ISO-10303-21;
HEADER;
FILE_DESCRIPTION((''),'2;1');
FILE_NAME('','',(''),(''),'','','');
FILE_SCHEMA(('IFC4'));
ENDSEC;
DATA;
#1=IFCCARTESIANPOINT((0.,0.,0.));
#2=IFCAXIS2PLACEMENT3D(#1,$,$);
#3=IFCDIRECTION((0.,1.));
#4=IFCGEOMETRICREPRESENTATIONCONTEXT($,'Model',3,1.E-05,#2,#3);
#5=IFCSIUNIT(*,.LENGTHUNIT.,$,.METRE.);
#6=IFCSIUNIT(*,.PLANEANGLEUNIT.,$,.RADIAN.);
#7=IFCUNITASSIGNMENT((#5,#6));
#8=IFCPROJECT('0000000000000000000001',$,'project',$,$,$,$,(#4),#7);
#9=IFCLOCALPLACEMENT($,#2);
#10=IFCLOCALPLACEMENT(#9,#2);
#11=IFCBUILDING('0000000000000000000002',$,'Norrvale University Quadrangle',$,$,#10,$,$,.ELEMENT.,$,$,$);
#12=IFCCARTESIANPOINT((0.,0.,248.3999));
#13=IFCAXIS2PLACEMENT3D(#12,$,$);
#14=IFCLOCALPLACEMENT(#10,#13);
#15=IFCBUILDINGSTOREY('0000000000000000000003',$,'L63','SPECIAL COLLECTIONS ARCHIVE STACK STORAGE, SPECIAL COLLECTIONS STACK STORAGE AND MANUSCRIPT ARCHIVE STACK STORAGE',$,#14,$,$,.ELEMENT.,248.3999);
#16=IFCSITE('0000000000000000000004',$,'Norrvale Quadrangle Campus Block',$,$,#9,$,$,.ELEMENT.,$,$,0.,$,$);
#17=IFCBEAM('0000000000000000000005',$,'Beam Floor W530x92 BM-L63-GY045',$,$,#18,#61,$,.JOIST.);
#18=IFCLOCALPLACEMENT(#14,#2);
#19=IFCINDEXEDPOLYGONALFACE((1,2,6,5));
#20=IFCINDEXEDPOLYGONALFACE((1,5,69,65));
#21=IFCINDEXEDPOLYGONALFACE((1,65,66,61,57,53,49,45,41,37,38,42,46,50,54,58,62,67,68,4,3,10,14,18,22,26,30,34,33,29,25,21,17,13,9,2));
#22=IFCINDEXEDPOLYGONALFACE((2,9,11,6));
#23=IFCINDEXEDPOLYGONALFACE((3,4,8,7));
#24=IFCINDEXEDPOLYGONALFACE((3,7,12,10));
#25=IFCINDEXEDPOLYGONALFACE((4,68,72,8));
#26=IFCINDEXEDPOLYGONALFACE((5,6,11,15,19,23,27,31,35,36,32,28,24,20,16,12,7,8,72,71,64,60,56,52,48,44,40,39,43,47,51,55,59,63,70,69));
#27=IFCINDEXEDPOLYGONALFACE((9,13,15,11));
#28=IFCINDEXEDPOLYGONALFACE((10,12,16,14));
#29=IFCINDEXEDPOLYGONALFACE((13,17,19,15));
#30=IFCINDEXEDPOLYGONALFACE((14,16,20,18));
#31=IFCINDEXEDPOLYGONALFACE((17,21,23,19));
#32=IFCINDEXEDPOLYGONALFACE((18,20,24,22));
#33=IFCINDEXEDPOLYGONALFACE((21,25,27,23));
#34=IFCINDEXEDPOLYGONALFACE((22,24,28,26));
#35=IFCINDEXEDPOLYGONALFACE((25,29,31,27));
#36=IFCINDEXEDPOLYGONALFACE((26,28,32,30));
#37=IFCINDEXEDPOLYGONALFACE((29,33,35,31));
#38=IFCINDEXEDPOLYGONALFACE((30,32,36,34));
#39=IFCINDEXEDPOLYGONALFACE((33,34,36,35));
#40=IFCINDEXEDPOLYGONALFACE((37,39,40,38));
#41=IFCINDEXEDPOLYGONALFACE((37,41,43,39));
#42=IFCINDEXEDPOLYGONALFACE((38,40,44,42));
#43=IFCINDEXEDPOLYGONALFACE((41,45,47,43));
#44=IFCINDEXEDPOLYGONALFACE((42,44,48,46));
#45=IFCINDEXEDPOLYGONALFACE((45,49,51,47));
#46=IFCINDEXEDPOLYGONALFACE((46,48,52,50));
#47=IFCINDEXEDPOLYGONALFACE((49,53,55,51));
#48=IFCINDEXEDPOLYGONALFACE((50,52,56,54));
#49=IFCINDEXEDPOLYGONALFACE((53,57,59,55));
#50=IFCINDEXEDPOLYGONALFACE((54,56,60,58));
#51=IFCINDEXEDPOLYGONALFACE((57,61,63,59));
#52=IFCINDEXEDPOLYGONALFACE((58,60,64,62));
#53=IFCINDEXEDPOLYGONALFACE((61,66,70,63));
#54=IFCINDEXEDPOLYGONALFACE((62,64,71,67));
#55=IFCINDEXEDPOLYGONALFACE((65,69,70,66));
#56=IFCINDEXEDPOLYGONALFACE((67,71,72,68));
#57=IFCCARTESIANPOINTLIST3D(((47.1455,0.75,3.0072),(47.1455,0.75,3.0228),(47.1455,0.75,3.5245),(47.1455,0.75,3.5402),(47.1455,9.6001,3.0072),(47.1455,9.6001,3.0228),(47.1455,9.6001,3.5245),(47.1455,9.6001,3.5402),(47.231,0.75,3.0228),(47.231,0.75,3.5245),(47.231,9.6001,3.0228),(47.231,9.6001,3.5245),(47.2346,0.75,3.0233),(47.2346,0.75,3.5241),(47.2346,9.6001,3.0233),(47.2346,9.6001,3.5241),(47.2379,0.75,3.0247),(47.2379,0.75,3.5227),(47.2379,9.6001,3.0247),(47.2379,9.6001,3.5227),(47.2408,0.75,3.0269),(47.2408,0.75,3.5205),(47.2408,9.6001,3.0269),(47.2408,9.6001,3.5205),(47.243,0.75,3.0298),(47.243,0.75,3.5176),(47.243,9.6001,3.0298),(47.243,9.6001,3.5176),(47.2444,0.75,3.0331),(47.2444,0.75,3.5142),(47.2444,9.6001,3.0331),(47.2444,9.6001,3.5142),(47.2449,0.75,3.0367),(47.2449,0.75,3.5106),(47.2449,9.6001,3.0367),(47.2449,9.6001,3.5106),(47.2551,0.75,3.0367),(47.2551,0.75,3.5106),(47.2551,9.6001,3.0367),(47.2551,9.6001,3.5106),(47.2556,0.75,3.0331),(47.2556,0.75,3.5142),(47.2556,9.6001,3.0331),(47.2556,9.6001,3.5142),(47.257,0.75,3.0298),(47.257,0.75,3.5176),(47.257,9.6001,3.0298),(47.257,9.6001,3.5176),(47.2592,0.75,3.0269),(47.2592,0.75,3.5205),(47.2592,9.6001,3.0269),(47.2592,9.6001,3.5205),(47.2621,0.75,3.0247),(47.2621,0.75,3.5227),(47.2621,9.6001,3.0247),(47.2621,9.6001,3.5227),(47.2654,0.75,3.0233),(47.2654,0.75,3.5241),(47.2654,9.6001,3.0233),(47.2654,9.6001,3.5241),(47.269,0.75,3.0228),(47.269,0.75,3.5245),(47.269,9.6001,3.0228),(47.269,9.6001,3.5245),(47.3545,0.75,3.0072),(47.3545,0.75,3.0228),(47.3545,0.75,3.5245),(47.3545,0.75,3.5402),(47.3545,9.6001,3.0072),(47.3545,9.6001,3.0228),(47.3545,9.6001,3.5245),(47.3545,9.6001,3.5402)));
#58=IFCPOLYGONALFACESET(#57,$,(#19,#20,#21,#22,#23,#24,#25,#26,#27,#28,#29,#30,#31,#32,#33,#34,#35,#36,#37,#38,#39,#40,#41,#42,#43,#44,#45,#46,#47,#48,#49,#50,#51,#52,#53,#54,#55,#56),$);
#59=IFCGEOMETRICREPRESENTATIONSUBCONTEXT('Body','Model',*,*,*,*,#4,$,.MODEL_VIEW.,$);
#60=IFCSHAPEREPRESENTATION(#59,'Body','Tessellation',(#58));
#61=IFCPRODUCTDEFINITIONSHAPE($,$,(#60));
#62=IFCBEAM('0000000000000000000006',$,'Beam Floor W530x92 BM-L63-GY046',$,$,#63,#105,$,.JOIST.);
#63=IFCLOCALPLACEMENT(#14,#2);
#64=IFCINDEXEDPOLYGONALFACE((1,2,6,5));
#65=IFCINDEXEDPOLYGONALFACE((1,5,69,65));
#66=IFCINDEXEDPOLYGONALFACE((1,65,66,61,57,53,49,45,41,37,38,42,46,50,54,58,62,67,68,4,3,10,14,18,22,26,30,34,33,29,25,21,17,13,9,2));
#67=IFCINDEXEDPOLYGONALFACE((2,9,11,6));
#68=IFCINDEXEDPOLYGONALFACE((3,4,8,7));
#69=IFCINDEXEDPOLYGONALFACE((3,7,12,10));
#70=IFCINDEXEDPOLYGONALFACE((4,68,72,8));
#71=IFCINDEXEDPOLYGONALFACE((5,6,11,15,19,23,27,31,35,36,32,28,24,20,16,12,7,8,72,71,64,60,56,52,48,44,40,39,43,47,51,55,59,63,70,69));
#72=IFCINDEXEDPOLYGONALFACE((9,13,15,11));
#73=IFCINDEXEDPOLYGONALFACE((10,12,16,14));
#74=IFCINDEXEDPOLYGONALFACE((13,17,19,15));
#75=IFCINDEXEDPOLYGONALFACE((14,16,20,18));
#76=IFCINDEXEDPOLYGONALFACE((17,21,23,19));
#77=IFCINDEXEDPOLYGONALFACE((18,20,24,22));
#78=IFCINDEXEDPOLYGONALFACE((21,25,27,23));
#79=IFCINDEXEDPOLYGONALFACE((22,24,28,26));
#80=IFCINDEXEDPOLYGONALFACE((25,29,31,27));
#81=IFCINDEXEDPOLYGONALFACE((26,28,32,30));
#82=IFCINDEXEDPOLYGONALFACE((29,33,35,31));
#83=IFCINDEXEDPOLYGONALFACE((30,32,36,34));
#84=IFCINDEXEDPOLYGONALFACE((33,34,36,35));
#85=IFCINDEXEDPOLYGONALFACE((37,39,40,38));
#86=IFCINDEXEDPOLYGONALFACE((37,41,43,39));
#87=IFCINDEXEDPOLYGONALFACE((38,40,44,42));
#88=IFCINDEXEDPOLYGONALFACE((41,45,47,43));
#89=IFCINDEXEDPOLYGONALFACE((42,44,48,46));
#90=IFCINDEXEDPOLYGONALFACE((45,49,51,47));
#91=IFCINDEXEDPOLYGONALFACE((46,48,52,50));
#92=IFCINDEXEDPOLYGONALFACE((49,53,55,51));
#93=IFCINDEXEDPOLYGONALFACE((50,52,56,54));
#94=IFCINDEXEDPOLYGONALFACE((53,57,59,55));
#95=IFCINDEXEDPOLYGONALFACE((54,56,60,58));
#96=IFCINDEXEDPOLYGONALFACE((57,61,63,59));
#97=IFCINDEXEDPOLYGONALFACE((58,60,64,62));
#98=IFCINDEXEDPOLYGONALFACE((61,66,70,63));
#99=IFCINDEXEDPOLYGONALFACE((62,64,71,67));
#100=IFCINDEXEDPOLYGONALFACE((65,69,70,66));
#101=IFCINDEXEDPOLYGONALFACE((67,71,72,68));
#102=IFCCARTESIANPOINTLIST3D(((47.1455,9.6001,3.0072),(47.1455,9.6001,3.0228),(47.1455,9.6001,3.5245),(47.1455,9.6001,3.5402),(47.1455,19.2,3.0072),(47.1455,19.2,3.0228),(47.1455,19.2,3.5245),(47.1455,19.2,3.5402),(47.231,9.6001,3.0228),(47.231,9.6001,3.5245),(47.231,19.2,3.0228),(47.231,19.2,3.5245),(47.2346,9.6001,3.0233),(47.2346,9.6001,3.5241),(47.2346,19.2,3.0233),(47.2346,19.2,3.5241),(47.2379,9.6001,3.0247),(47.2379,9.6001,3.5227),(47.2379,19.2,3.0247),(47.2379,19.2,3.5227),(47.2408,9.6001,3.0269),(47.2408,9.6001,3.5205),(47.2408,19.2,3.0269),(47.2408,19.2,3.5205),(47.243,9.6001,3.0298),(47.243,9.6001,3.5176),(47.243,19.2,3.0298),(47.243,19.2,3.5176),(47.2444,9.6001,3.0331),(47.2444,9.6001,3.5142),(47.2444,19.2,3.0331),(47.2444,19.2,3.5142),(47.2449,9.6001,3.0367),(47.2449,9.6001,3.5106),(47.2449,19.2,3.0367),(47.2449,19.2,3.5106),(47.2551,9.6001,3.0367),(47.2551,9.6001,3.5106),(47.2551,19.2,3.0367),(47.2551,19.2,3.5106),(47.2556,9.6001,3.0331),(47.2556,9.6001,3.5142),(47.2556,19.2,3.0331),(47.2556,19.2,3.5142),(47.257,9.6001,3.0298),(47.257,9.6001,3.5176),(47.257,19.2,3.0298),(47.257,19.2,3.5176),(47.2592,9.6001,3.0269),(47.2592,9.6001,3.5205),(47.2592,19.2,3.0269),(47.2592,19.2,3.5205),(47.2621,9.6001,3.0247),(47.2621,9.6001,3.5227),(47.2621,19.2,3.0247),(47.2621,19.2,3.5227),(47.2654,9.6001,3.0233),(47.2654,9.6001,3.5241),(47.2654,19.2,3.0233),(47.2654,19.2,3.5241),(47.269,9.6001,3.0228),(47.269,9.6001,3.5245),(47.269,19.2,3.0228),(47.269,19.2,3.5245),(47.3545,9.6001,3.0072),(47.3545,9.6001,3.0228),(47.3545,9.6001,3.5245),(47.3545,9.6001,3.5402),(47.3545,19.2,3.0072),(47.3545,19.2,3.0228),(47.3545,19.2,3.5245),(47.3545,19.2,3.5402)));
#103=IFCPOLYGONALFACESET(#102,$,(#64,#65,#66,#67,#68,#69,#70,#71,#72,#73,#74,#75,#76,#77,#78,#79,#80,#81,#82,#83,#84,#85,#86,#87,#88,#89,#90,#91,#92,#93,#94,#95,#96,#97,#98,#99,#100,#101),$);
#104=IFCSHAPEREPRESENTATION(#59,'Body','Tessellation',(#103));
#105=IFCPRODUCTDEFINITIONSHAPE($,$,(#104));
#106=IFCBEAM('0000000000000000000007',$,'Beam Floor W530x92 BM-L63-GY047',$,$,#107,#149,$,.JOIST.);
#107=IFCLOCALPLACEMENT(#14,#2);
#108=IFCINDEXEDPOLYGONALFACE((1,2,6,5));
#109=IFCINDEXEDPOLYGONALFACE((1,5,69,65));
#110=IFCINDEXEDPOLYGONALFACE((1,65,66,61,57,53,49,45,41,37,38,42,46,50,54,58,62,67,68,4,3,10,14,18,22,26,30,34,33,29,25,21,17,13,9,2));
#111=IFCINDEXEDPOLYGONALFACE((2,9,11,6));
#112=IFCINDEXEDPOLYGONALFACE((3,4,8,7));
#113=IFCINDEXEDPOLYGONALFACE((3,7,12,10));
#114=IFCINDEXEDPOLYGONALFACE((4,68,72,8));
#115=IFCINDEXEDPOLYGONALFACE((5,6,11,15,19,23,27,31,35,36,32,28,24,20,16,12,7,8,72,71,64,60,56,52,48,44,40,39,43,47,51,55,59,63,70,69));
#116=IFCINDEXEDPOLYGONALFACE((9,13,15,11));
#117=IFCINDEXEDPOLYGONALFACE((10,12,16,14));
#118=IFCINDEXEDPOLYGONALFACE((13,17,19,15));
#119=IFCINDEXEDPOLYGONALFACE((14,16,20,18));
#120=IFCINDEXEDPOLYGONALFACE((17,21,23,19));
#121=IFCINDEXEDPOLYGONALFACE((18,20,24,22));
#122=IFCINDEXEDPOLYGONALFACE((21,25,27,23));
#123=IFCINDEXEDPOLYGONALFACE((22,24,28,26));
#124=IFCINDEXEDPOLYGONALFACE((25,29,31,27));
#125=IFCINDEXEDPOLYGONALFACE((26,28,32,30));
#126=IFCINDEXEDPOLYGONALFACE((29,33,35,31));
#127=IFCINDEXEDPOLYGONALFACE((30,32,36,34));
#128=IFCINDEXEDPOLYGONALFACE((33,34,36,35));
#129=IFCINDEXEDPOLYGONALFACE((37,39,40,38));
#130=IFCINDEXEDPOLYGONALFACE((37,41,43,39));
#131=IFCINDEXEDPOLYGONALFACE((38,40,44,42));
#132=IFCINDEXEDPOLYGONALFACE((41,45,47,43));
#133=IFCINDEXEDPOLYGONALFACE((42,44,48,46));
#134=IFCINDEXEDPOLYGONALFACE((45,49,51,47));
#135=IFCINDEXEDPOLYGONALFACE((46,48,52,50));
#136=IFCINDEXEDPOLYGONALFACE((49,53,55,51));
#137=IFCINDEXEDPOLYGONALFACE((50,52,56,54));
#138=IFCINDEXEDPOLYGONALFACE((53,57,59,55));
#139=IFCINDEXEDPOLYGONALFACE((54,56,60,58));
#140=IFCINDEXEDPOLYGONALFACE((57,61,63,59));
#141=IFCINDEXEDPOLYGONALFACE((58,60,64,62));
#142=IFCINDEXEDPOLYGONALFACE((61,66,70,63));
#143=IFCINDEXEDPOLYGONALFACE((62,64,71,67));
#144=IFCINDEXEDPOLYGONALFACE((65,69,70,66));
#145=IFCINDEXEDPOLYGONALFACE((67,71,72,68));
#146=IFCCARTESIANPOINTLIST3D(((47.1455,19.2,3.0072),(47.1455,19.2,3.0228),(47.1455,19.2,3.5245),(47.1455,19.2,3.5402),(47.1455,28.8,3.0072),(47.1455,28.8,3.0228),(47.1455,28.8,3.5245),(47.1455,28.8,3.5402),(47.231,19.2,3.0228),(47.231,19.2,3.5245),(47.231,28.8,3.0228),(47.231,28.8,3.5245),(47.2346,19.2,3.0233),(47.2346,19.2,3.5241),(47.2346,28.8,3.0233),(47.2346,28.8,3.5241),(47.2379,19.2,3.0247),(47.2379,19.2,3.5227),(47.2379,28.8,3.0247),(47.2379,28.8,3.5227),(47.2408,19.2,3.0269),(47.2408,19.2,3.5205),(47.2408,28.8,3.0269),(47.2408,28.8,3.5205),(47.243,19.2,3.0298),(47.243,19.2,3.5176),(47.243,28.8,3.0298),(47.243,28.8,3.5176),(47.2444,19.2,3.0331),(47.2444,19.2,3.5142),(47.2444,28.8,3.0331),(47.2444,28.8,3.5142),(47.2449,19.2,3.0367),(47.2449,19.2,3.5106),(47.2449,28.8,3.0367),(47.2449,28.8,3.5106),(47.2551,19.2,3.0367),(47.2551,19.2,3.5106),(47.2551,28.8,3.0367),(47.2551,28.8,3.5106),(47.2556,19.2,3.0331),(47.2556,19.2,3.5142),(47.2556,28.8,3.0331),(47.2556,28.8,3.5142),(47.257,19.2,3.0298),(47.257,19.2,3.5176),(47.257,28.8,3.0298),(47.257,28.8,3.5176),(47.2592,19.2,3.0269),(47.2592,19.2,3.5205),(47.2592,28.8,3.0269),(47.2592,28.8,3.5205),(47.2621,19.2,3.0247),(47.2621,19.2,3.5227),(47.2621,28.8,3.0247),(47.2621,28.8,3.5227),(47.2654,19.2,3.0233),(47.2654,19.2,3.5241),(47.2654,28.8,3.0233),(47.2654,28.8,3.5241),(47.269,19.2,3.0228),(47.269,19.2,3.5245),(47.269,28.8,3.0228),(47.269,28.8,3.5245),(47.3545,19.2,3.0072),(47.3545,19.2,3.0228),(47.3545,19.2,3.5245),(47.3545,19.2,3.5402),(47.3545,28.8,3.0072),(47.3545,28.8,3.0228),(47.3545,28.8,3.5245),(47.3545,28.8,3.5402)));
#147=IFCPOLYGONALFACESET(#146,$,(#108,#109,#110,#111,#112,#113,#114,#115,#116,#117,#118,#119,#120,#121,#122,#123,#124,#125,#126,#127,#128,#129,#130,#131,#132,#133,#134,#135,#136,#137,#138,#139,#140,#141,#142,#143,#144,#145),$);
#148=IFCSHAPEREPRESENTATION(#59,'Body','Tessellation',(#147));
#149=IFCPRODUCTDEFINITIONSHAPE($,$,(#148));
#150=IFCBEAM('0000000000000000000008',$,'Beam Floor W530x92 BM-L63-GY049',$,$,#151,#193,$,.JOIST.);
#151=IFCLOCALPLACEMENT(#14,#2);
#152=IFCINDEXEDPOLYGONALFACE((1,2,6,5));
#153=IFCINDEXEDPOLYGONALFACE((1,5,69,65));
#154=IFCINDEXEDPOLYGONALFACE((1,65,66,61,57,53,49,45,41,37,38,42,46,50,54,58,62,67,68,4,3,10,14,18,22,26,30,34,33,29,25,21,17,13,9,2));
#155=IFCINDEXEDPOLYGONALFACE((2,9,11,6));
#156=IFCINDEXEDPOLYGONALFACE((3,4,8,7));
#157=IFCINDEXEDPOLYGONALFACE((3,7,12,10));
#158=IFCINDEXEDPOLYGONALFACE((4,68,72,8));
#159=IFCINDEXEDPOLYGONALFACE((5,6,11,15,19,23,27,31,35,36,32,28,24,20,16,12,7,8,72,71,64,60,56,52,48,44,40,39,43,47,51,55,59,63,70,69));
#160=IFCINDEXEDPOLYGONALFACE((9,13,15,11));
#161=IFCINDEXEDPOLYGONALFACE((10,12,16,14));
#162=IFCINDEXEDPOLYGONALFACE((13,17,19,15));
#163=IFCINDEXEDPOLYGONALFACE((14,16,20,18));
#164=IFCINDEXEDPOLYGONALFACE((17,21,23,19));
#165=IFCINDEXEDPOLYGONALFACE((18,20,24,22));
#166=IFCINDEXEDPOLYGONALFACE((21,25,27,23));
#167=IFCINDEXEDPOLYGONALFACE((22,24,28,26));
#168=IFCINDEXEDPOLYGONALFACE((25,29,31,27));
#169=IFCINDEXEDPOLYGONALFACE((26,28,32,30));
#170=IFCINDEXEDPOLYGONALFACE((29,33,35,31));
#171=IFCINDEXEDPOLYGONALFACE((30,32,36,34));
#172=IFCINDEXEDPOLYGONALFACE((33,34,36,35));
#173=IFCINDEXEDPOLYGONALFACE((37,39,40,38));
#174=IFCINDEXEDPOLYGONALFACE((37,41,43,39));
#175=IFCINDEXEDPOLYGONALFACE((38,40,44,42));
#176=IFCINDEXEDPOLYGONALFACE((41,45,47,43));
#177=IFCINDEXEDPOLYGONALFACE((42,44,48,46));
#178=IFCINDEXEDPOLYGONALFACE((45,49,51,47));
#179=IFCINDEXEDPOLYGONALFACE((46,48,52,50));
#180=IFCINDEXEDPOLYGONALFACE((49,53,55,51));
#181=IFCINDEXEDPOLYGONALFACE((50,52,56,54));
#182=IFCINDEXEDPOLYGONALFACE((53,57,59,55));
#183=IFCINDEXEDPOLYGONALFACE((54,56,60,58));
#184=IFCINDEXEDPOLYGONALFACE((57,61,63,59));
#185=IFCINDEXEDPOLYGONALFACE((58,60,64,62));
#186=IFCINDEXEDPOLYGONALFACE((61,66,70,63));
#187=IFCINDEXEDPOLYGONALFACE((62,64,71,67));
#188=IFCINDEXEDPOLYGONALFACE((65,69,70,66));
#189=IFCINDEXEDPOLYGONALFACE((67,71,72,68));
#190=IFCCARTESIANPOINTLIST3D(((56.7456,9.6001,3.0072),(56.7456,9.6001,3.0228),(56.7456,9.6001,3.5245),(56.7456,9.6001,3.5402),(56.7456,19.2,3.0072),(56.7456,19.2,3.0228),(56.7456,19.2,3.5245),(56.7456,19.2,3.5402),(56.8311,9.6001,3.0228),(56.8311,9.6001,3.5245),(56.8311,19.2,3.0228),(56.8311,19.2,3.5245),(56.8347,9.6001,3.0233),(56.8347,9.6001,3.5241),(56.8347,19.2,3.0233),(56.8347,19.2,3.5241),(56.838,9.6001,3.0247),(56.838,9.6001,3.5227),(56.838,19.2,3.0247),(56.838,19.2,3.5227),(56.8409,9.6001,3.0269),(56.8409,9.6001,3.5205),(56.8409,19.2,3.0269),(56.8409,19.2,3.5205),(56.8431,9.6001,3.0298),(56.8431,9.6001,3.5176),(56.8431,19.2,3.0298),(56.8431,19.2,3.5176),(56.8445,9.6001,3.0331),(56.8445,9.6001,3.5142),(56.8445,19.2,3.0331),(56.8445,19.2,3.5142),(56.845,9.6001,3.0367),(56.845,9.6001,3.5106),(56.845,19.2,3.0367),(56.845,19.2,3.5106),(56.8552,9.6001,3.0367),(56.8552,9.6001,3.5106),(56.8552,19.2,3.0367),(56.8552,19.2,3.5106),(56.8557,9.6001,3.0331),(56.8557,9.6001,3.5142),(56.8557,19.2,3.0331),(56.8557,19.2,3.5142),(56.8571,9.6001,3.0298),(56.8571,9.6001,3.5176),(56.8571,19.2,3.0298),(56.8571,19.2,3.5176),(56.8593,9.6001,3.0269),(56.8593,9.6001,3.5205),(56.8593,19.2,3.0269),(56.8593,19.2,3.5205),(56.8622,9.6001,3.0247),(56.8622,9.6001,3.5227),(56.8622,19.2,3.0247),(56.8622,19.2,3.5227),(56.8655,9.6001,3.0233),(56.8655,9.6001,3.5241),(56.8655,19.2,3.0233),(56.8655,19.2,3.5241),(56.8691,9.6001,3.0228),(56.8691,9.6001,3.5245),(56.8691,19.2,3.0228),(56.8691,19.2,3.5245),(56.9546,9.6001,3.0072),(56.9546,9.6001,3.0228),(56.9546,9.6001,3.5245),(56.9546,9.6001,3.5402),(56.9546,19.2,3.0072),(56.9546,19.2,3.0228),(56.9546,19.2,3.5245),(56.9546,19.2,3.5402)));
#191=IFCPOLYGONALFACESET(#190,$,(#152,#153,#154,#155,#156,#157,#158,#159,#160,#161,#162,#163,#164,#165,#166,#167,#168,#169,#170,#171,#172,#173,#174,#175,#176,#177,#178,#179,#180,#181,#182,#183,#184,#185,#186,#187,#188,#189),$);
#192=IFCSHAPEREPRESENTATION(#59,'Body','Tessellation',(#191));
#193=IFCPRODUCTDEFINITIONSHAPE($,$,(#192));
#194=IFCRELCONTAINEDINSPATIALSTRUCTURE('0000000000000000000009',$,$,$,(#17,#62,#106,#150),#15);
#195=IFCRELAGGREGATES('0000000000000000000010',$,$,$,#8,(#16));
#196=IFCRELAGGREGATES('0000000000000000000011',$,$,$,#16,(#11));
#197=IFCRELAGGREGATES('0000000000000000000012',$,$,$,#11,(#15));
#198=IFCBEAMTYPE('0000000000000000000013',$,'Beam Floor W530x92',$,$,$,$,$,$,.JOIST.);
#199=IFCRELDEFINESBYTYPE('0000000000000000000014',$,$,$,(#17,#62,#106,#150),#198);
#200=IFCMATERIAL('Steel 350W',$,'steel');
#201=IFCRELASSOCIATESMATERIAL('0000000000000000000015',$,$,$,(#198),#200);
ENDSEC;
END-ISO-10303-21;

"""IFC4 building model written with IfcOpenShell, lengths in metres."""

from ifc_helpers import new_model, si_unit, direction, frame, origin, origin_2d, place, context, subcontext, project, spatial, i_section, extrude, material, material_profile, profile_set, type_object, element, save


model = new_model("IFC4")

# Units and contexts
model_context = context("Model", 3, precision=1e-05, world=origin(), true_north=direction((0.0, 1.0)))
body_context = subcontext(model_context, "Body", "Model", "MODEL_VIEW")
ifc_project = project(units=[si_unit("LENGTHUNIT", "METRE"), si_unit("PLANEANGLEUNIT", "RADIAN")], contexts=[model_context])

# Site, building, storey
site_placement = place(None, origin())
site = spatial("IfcSite", under=ifc_project, at=site_placement, Name="Norrvale Quadrangle Campus Block", CompositionType="ELEMENT", RefElevation=0.0)
building_placement = place(site_placement, origin())
building = spatial("IfcBuilding", under=site, at=building_placement, Name="Norrvale University Quadrangle", CompositionType="ELEMENT")
storey_placement = place(building_placement, frame((0.0, 0.0, 248.3999)))
storey = spatial("IfcBuildingStorey", under=building, at=storey_placement, Name="L63", Description="SPECIAL COLLECTIONS ARCHIVE STACK STORAGE, SPECIAL COLLECTIONS STACK STORAGE AND MANUSCRIPT ARCHIVE STACK STORAGE", CompositionType="ELEMENT", Elevation=248.3999)

# Beams
ifc_material_1 = material(Name="Steel 350W", Category="steel")
ifc_material_profile_1 = material_profile(ifc_material_1, i_section(OverallWidth=0.209, OverallDepth=0.533, WebThickness=0.0103, FlangeThickness=0.0156, FilletRadius=0.0139, at=origin_2d()), Name="Steel 350W")
ifc_profile_set_1 = profile_set([ifc_material_profile_1], Name="Steel 350W")
beam_type_1 = type_object("IfcBeamType", Name="Beam Floor W530x92", PredefinedType="JOIST", material=ifc_profile_set_1)
beam_1_placement = place(storey_placement, frame((47.25, 0.75, 3.2737), z_axis=(0.0, 1.0, 0.0), x_axis=(-1.0, 0.0, 0.0)))
element("IfcBeam", 1, at=beam_1_placement, inside=storey, type_object=beam_type_1, Name="Beam Floor W530x92 BM-L63-GY045", PredefinedType="JOIST", context=body_context, shape_type="SweptSolid", body=[
    extrude(i_section(OverallWidth=0.209, OverallDepth=0.533, WebThickness=0.0103, FlangeThickness=0.0156, FilletRadius=0.0139, at=origin_2d()), origin(), (0.0, 0.0, 1.0), 8.8501),
])
beam_2_placement = place(storey_placement, frame((47.25, 9.6001, 3.2737), z_axis=(0.0, 1.0, 0.0), x_axis=(-1.0, 0.0, 0.0)))
element("IfcBeam", 2, at=beam_2_placement, inside=storey, type_object=beam_type_1, Name="Beam Floor W530x92 BM-L63-GY046", PredefinedType="JOIST", context=body_context, shape_type="SweptSolid", body=[
    extrude(i_section(OverallWidth=0.209, OverallDepth=0.533, WebThickness=0.0103, FlangeThickness=0.0156, FilletRadius=0.0139, at=origin_2d()), origin(), (0.0, 0.0, 1.0), 9.5999),
])
beam_3_placement = place(storey_placement, frame((47.25, 19.2, 3.2737), z_axis=(0.0, 1.0, 0.0), x_axis=(-1.0, 0.0, 0.0)))
element("IfcBeam", 3, at=beam_3_placement, inside=storey, type_object=beam_type_1, Name="Beam Floor W530x92 BM-L63-GY047", PredefinedType="JOIST", context=body_context, shape_type="SweptSolid", body=[
    extrude(i_section(OverallWidth=0.209, OverallDepth=0.533, WebThickness=0.0103, FlangeThickness=0.0156, FilletRadius=0.0139, at=origin_2d()), origin(), (0.0, 0.0, 1.0), 9.6001),
])
beam_4_placement = place(storey_placement, frame((56.8501, 9.6001, 3.2737), z_axis=(0.0, 1.0, 0.0), x_axis=(-1.0, 0.0, 0.0)))
element("IfcBeam", 4, at=beam_4_placement, inside=storey, type_object=beam_type_1, Name="Beam Floor W530x92 BM-L63-GY049", PredefinedType="JOIST", context=body_context, shape_type="SweptSolid", body=[
    extrude(i_section(OverallWidth=0.209, OverallDepth=0.533, WebThickness=0.0103, FlangeThickness=0.0156, FilletRadius=0.0139, at=origin_2d()), origin(), (0.0, 0.0, 1.0), 9.5999),
])

save(model, "model.ifc")
